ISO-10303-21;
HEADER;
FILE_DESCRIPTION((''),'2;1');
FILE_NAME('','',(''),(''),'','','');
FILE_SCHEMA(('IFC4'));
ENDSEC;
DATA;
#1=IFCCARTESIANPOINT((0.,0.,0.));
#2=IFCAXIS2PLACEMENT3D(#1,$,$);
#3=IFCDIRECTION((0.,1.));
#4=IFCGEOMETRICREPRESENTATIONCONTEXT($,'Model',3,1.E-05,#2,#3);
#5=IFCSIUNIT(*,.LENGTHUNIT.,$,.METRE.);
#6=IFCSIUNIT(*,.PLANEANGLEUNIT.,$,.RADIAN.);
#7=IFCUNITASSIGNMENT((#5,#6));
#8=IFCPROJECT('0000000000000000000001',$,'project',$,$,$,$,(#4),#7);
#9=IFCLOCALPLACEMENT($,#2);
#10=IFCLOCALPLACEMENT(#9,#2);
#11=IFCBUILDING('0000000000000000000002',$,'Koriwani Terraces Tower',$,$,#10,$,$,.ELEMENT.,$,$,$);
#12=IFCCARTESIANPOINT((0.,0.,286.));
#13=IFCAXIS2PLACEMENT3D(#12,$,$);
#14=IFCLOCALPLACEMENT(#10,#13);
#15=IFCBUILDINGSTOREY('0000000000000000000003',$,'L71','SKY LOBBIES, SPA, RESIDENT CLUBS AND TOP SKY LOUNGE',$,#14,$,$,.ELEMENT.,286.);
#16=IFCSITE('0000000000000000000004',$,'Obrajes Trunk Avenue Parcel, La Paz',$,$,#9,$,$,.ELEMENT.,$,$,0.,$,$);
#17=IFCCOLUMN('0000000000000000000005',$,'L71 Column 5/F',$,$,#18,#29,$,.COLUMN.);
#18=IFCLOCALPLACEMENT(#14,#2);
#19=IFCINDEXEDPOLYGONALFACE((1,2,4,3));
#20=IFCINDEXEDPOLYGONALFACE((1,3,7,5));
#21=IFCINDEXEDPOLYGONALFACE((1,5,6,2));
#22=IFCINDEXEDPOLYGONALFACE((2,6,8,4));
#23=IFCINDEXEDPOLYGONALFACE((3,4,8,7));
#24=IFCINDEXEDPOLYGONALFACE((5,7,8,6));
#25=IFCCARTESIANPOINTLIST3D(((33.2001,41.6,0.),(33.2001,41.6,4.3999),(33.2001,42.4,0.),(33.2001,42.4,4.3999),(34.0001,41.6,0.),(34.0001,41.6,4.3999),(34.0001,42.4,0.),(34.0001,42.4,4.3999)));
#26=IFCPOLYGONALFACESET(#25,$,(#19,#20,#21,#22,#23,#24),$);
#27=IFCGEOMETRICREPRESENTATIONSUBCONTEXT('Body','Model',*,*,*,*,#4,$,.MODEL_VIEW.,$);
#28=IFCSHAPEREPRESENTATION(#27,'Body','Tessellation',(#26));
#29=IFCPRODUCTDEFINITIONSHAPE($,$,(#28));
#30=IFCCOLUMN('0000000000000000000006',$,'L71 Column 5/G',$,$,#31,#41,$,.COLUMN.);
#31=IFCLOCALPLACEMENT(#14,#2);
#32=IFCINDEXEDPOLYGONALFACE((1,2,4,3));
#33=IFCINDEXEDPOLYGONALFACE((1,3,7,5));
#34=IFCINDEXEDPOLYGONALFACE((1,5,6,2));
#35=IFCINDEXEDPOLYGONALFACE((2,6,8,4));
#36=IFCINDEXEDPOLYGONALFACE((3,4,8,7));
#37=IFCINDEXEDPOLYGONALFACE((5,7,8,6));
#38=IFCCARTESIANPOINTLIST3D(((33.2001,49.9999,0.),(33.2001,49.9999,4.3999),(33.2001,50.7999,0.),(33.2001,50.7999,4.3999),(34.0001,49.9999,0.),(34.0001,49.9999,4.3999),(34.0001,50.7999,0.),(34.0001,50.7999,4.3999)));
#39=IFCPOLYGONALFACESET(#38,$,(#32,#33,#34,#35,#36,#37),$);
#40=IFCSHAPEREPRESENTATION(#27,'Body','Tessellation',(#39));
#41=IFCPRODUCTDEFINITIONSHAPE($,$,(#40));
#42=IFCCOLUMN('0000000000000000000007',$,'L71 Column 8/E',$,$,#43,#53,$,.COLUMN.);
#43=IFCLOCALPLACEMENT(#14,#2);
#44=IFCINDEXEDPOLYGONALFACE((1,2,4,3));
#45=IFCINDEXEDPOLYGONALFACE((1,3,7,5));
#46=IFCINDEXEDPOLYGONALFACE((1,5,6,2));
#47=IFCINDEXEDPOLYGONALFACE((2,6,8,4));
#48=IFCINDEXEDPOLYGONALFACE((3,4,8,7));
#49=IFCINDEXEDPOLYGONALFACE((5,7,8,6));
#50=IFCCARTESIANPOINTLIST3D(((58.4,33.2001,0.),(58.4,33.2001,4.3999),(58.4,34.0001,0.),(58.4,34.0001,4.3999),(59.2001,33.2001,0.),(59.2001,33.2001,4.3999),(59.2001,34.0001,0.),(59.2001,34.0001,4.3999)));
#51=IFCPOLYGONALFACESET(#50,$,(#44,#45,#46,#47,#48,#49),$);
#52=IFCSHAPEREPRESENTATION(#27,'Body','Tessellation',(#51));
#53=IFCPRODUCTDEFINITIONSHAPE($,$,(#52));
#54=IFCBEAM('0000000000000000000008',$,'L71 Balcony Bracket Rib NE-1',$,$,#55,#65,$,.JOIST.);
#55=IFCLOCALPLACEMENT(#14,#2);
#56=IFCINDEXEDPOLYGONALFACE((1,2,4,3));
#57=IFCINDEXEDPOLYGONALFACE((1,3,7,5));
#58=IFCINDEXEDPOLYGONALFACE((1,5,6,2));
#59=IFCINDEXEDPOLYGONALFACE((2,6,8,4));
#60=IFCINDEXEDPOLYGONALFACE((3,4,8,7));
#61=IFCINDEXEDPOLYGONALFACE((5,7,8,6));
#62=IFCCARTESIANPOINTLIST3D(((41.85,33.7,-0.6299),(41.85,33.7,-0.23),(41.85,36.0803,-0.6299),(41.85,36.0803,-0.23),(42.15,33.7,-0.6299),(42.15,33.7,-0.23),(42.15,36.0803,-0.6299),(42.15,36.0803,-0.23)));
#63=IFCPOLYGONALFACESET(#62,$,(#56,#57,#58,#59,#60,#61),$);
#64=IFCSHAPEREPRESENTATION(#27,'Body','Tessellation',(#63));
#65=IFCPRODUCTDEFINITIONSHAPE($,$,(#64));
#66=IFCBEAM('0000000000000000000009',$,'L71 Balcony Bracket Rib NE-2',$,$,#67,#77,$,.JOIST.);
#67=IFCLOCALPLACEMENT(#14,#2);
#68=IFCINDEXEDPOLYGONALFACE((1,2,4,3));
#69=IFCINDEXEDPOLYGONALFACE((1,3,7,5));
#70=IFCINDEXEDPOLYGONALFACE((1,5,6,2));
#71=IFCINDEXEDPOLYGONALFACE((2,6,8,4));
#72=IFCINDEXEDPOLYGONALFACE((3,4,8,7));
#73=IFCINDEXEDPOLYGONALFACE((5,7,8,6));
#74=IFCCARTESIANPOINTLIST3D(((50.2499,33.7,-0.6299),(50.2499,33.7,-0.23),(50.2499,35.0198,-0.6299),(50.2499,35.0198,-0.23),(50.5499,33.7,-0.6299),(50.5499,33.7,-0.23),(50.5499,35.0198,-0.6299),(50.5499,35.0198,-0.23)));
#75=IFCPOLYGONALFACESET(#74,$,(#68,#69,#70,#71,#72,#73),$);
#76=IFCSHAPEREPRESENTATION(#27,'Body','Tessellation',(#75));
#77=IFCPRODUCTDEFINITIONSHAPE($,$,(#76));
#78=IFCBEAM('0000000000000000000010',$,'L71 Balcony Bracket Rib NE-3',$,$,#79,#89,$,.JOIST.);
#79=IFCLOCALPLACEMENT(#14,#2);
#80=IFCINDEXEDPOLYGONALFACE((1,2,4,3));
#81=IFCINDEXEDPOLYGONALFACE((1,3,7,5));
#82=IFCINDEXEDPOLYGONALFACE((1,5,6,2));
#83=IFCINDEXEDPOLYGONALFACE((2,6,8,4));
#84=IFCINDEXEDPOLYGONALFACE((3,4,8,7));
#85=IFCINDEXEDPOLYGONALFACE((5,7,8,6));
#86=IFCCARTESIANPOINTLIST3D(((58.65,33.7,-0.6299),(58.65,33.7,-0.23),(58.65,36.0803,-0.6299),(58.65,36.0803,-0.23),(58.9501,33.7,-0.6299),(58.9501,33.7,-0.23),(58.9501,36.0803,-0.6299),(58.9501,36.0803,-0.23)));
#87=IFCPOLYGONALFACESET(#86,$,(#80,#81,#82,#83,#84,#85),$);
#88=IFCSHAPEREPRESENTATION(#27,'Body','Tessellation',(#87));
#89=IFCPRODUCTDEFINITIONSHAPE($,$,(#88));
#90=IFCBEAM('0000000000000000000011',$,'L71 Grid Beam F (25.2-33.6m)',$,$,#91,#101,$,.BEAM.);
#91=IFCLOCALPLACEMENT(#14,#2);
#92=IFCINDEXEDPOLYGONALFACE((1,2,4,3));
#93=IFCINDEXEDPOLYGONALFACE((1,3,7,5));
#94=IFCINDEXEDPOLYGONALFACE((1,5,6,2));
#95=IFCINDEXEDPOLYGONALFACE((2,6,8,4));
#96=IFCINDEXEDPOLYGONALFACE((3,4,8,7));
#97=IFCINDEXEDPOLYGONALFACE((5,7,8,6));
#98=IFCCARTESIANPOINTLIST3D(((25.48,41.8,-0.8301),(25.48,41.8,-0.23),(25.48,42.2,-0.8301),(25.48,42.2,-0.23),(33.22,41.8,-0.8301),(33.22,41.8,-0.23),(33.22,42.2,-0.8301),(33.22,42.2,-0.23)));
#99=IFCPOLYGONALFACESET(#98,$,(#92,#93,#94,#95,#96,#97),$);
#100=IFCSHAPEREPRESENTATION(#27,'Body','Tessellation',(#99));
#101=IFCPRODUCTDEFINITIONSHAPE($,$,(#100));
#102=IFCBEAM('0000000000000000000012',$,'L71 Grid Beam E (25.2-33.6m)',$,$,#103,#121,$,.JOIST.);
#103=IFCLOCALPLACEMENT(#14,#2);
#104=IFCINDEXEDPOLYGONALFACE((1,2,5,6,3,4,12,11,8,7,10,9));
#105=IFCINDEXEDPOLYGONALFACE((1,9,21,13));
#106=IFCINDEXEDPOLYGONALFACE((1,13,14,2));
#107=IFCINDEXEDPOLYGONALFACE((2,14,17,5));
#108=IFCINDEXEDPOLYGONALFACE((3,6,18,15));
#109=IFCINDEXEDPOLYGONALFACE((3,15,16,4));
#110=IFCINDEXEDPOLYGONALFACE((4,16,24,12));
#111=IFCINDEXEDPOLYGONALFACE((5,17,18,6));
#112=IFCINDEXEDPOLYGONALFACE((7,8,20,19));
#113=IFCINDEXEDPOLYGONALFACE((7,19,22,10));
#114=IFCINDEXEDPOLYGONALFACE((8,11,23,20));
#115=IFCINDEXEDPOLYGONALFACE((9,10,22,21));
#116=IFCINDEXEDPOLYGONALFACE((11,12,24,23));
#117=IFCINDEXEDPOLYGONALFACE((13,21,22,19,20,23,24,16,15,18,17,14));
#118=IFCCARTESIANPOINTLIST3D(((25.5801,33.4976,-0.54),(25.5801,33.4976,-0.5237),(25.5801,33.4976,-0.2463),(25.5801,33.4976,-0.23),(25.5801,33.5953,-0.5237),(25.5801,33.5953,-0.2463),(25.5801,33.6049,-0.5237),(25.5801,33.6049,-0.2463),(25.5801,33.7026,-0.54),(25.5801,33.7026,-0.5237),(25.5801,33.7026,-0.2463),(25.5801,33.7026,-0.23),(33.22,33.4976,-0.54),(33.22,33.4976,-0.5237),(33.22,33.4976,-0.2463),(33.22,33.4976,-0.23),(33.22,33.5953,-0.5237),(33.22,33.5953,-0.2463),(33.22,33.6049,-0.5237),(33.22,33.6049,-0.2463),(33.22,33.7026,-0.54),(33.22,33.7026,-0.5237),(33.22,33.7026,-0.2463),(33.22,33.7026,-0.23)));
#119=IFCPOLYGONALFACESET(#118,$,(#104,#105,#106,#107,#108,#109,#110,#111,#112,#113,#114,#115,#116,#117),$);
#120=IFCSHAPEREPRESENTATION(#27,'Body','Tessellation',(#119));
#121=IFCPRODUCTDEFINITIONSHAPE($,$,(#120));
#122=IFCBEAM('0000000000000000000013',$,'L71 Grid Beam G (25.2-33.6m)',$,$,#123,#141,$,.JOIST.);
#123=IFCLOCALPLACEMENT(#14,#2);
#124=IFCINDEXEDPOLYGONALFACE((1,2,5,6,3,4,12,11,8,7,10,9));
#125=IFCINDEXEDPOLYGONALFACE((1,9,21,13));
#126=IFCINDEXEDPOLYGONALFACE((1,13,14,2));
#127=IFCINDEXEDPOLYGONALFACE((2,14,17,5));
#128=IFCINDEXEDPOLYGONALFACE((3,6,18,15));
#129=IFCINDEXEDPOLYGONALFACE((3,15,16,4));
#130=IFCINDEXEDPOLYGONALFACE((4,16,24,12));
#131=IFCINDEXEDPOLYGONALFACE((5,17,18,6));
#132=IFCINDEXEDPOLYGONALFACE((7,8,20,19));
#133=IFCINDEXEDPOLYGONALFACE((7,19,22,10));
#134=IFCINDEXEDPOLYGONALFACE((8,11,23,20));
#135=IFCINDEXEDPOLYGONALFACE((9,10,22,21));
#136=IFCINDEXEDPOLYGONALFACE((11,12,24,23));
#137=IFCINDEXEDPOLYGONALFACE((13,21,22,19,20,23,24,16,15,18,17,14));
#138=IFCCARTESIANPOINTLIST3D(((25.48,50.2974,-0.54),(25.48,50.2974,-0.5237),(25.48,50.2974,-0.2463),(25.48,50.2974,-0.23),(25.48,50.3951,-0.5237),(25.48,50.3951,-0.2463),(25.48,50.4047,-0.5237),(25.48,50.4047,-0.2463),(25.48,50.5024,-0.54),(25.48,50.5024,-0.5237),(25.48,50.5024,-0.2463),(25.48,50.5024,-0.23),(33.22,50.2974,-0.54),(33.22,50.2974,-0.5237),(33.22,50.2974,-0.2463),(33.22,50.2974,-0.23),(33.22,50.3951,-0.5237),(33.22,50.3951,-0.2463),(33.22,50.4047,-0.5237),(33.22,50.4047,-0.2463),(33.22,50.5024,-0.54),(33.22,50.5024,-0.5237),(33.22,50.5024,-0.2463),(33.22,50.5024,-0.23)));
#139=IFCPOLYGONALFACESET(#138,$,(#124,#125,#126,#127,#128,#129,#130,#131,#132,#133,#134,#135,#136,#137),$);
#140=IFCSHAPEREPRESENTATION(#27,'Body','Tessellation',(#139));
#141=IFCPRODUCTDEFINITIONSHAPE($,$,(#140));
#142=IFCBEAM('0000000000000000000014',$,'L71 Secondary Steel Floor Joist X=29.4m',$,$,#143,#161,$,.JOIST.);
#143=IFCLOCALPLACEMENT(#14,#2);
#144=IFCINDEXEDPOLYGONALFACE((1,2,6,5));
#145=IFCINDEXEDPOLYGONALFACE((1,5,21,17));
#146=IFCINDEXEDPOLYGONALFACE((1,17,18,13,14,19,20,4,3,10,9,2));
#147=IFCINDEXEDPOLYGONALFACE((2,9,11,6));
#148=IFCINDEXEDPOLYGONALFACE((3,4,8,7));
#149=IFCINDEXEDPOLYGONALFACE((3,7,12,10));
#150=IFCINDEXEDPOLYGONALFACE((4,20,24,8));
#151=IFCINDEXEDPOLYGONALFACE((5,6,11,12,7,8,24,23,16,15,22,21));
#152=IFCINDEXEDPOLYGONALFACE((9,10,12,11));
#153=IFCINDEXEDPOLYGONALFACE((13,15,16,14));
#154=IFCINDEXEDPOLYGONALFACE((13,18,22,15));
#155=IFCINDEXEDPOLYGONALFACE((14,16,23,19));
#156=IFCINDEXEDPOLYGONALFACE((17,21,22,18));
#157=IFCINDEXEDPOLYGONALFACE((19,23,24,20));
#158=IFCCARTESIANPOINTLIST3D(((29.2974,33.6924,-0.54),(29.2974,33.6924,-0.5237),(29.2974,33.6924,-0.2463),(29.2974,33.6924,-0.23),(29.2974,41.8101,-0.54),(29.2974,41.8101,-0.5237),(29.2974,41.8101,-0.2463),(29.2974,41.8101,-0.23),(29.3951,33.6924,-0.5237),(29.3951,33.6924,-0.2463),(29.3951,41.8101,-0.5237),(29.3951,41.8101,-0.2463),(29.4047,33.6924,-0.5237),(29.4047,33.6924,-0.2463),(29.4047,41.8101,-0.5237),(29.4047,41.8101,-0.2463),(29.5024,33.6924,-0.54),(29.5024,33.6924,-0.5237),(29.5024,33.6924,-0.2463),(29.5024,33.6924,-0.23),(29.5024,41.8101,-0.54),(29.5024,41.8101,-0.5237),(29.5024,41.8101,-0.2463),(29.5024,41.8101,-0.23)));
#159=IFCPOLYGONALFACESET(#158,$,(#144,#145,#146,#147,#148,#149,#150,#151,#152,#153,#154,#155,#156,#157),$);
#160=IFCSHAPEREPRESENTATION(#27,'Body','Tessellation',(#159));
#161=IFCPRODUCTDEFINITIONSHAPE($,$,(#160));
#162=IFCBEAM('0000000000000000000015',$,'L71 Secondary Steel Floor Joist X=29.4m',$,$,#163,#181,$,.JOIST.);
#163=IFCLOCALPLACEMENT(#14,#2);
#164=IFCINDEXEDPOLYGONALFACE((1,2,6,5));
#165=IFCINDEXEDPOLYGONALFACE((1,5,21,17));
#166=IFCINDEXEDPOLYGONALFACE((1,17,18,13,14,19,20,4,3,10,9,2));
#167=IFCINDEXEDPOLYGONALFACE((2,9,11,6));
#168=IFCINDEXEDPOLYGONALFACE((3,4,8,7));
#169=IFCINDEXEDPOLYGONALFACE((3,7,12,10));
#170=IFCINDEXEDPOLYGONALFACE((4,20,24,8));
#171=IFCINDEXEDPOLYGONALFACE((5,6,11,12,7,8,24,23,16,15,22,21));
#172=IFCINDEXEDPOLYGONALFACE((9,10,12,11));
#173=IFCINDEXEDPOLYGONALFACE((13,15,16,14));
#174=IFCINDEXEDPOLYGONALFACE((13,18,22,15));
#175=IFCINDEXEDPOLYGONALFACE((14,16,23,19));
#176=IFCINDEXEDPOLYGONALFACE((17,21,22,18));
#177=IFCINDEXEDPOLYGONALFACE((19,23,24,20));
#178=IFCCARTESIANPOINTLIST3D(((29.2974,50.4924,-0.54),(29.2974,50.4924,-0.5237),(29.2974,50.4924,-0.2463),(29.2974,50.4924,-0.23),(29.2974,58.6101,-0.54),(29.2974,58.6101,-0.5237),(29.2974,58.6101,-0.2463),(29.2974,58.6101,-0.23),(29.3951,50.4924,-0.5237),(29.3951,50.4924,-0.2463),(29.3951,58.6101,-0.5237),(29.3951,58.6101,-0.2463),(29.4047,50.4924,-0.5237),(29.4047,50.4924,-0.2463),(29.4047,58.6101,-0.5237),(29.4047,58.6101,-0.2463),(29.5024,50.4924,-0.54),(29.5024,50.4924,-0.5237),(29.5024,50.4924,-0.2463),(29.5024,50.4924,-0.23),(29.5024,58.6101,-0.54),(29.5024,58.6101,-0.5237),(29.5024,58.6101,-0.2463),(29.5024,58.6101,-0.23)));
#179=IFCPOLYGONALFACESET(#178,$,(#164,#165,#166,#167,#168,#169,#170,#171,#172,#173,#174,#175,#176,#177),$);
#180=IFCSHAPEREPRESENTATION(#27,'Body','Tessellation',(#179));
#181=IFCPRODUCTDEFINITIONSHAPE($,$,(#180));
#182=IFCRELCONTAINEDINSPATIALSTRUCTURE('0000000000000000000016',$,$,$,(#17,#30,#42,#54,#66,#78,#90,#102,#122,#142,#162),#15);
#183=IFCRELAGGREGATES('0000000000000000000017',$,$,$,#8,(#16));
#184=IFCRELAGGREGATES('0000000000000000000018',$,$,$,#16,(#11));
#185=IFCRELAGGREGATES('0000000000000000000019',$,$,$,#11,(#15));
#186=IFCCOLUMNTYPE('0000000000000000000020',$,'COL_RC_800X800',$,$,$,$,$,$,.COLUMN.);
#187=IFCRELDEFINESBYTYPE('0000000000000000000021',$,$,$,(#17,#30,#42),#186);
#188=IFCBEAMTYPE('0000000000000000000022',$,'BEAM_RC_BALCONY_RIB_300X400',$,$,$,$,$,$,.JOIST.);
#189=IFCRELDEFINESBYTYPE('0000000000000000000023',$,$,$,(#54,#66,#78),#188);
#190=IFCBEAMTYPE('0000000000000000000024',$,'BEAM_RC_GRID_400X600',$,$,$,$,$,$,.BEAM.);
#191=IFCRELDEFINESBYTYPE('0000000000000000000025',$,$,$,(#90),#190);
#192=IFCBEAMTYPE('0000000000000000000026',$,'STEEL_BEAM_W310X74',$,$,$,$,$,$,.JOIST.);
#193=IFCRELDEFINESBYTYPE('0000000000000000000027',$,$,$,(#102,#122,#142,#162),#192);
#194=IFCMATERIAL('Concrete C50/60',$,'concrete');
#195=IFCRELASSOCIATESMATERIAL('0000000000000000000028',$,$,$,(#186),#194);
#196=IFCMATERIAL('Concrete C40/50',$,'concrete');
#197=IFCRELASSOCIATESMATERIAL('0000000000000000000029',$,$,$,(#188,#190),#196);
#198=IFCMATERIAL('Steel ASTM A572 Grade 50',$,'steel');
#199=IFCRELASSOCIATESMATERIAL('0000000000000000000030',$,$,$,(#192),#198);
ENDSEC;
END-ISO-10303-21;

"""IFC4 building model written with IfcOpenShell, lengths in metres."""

from ifc_helpers import new_model, si_unit, direction, frame, origin, origin_2d, place, context, subcontext, project, spatial, rectangle, i_section, extrude, material, material_profile, profile_set, type_object, element, save


model = new_model("IFC4")

# Units and contexts
model_context = context("Model", 3, precision=1e-05, world=origin(), true_north=direction((0.0, 1.0)))
body_context = subcontext(model_context, "Body", "Model", "MODEL_VIEW")
ifc_project = project(units=[si_unit("LENGTHUNIT", "METRE"), si_unit("PLANEANGLEUNIT", "RADIAN")], contexts=[model_context])

# Site, building, storey
site_placement = place(None, origin())
site = spatial("IfcSite", under=ifc_project, at=site_placement, Name="Obrajes Trunk Avenue Parcel, La Paz", CompositionType="ELEMENT", RefElevation=0.0)
building_placement = place(site_placement, origin())
building = spatial("IfcBuilding", under=site, at=building_placement, Name="Koriwani Terraces Tower", CompositionType="ELEMENT")
storey_placement = place(building_placement, frame((0.0, 0.0, 286.0)))
storey = spatial("IfcBuildingStorey", under=building, at=storey_placement, Name="L71", Description="SKY LOBBIES, SPA, RESIDENT CLUBS AND TOP SKY LOUNGE", CompositionType="ELEMENT", Elevation=286.0)

# Columns
ifc_material_1 = material(Name="Concrete C50/60", Category="concrete")
ifc_material_profile_1 = material_profile(ifc_material_1, rectangle(XDim=0.8, YDim=0.8, at=origin_2d()), Name="Concrete C50/60", Category="LoadBearing")
ifc_profile_set_1 = profile_set([ifc_material_profile_1], Name="Concrete C50/60")
column_type = type_object("IfcColumnType", Name="COL_RC_800X800", PredefinedType="COLUMN", material=ifc_profile_set_1)
for number, where, z_axis, x_axis, name in (
    (1, (33.6001, 42.0, 0.0), (0.0, 0.0, 1.0), (1.0, 0.0, 0.0), "L71 Column 5/F"),
    (2, (33.6001, 50.3999, 0.0), (0.0, 0.0, 1.0), (1.0, 0.0, 0.0), "L71 Column 5/G"),
    (3, (58.8, 33.6001, 0.0), (0.0, 0.0, 1.0), (1.0, 0.0, 0.0), "L71 Column 8/E"),
):
    element("IfcColumn", number, at=place(storey_placement, frame(where, z_axis=z_axis, x_axis=x_axis)), inside=storey, type_object=column_type, Name=name, PredefinedType="COLUMN", context=body_context, shape_type="SweptSolid", body=[
        extrude(rectangle(XDim=0.8, YDim=0.8, at=origin_2d()), origin(), (0.0, 0.0, 1.0), 4.3999),
    ])

# Beams
ifc_material_2 = material(Name="Concrete C40/50", Category="concrete")
ifc_material_profile_2 = material_profile(ifc_material_2, rectangle(XDim=0.3, YDim=0.3999, at=origin_2d()), Name="Concrete C40/50", Category="LoadBearing")
ifc_profile_set_2 = profile_set([ifc_material_profile_2], Name="Concrete C40/50")
beam_type_1 = type_object("IfcBeamType", Name="BEAM_RC_BALCONY_RIB_300X400", PredefinedType="JOIST", material=ifc_profile_set_2)
beam_1_placement = place(storey_placement, frame((42.0, 33.7, -0.4299), z_axis=(0.0, 1.0, 0.0), x_axis=(-1.0, 0.0, 0.0)))
element("IfcBeam", 4, at=beam_1_placement, inside=storey, type_object=beam_type_1, Name="L71 Balcony Bracket Rib NE-1", PredefinedType="JOIST", context=body_context, shape_type="SweptSolid", body=[
    extrude(rectangle(XDim=0.3, YDim=0.3999, at=origin_2d()), origin(), (0.0, 0.0, 1.0), 2.3804),
])
beam_2_placement = place(storey_placement, frame((50.3999, 33.7, -0.4299), z_axis=(0.0, 1.0, 0.0), x_axis=(-1.0, 0.0, 0.0)))
element("IfcBeam", 5, at=beam_2_placement, inside=storey, type_object=beam_type_1, Name="L71 Balcony Bracket Rib NE-2", PredefinedType="JOIST", context=body_context, shape_type="SweptSolid", body=[
    extrude(rectangle(XDim=0.3, YDim=0.3999, at=origin_2d()), origin(), (0.0, 0.0, 1.0), 1.3198),
])
beam_3_placement = place(storey_placement, frame((58.8, 33.7, -0.4299), z_axis=(0.0, 1.0, 0.0), x_axis=(-1.0, 0.0, 0.0)))
element("IfcBeam", 6, at=beam_3_placement, inside=storey, type_object=beam_type_1, Name="L71 Balcony Bracket Rib NE-3", PredefinedType="JOIST", context=body_context, shape_type="SweptSolid", body=[
    extrude(rectangle(XDim=0.3, YDim=0.3999, at=origin_2d()), origin(), (0.0, 0.0, 1.0), 2.3804),
])
ifc_material_profile_3 = material_profile(ifc_material_2, rectangle(XDim=0.3999, YDim=0.6001, at=origin_2d()), Name="Concrete C40/50", Category="LoadBearing")
ifc_profile_set_3 = profile_set([ifc_material_profile_3], Name="Concrete C40/50")
beam_type_2 = type_object("IfcBeamType", Name="BEAM_RC_GRID_400X600", PredefinedType="BEAM", material=ifc_profile_set_3)
beam_4_placement = place(storey_placement, frame((25.48, 42.0, -0.53), z_axis=(1.0, 0.0, 0.0), x_axis=(0.0, 1.0, 0.0)))
element("IfcBeam", 7, at=beam_4_placement, inside=storey, type_object=beam_type_2, Name="L71 Grid Beam F (25.2-33.6m)", PredefinedType="BEAM", context=body_context, shape_type="SweptSolid", body=[
    extrude(rectangle(XDim=0.3999, YDim=0.6001, at=origin_2d()), origin(), (0.0, 0.0, 1.0), 7.74),
])
ifc_material_3 = material(Name="Steel ASTM A572 Grade 50", Category="steel")
ifc_material_profile_4 = material_profile(ifc_material_3, i_section(OverallWidth=0.2051, OverallDepth=0.3101, WebThickness=0.0095, FlangeThickness=0.0164, at=origin_2d()), Name="Steel ASTM A572 Grade 50", Category="LoadBearing")
ifc_profile_set_4 = profile_set([ifc_material_profile_4], Name="Steel ASTM A572 Grade 50")
beam_type_3 = type_object("IfcBeamType", Name="STEEL_BEAM_W310X74", PredefinedType="JOIST", material=ifc_profile_set_4)
beam_5_placement = place(storey_placement, frame((25.5801, 33.6001, -0.385), z_axis=(1.0, 0.0, 0.0), x_axis=(0.0, 1.0, 0.0)))
element("IfcBeam", 8, at=beam_5_placement, inside=storey, type_object=beam_type_3, Name="L71 Grid Beam E (25.2-33.6m)", PredefinedType="JOIST", context=body_context, shape_type="SweptSolid", body=[
    extrude(i_section(OverallWidth=0.2051, OverallDepth=0.3101, WebThickness=0.0095, FlangeThickness=0.0164, at=origin_2d()), origin(), (0.0, 0.0, 1.0), 7.6399),
])
beam_6_placement = place(storey_placement, frame((25.48, 50.3999, -0.385), z_axis=(1.0, 0.0, 0.0), x_axis=(0.0, 1.0, 0.0)))
element("IfcBeam", 9, at=beam_6_placement, inside=storey, type_object=beam_type_3, Name="L71 Grid Beam G (25.2-33.6m)", PredefinedType="JOIST", context=body_context, shape_type="SweptSolid", body=[
    extrude(i_section(OverallWidth=0.2051, OverallDepth=0.3101, WebThickness=0.0095, FlangeThickness=0.0164, at=origin_2d()), origin(), (0.0, 0.0, 1.0), 7.74),
])
for number, where, z_axis, x_axis, name in (
    (10, (29.3999, 33.6924, -0.385), (0.0, 1.0, 0.0), (-1.0, 0.0, 0.0), "L71 Secondary Steel Floor Joist X=29.4m"),
    (11, (29.3999, 50.4924, -0.385), (0.0, 1.0, 0.0), (-1.0, 0.0, 0.0), "L71 Secondary Steel Floor Joist X=29.4m"),
):
    element("IfcBeam", number, at=place(storey_placement, frame(where, z_axis=z_axis, x_axis=x_axis)), inside=storey, type_object=beam_type_3, Name=name, PredefinedType="JOIST", context=body_context, shape_type="SweptSolid", body=[
        extrude(i_section(OverallWidth=0.2051, OverallDepth=0.3101, WebThickness=0.0095, FlangeThickness=0.0164, at=origin_2d()), origin(), (0.0, 0.0, 1.0), 8.1177),
    ])

save(model, "model.ifc")
